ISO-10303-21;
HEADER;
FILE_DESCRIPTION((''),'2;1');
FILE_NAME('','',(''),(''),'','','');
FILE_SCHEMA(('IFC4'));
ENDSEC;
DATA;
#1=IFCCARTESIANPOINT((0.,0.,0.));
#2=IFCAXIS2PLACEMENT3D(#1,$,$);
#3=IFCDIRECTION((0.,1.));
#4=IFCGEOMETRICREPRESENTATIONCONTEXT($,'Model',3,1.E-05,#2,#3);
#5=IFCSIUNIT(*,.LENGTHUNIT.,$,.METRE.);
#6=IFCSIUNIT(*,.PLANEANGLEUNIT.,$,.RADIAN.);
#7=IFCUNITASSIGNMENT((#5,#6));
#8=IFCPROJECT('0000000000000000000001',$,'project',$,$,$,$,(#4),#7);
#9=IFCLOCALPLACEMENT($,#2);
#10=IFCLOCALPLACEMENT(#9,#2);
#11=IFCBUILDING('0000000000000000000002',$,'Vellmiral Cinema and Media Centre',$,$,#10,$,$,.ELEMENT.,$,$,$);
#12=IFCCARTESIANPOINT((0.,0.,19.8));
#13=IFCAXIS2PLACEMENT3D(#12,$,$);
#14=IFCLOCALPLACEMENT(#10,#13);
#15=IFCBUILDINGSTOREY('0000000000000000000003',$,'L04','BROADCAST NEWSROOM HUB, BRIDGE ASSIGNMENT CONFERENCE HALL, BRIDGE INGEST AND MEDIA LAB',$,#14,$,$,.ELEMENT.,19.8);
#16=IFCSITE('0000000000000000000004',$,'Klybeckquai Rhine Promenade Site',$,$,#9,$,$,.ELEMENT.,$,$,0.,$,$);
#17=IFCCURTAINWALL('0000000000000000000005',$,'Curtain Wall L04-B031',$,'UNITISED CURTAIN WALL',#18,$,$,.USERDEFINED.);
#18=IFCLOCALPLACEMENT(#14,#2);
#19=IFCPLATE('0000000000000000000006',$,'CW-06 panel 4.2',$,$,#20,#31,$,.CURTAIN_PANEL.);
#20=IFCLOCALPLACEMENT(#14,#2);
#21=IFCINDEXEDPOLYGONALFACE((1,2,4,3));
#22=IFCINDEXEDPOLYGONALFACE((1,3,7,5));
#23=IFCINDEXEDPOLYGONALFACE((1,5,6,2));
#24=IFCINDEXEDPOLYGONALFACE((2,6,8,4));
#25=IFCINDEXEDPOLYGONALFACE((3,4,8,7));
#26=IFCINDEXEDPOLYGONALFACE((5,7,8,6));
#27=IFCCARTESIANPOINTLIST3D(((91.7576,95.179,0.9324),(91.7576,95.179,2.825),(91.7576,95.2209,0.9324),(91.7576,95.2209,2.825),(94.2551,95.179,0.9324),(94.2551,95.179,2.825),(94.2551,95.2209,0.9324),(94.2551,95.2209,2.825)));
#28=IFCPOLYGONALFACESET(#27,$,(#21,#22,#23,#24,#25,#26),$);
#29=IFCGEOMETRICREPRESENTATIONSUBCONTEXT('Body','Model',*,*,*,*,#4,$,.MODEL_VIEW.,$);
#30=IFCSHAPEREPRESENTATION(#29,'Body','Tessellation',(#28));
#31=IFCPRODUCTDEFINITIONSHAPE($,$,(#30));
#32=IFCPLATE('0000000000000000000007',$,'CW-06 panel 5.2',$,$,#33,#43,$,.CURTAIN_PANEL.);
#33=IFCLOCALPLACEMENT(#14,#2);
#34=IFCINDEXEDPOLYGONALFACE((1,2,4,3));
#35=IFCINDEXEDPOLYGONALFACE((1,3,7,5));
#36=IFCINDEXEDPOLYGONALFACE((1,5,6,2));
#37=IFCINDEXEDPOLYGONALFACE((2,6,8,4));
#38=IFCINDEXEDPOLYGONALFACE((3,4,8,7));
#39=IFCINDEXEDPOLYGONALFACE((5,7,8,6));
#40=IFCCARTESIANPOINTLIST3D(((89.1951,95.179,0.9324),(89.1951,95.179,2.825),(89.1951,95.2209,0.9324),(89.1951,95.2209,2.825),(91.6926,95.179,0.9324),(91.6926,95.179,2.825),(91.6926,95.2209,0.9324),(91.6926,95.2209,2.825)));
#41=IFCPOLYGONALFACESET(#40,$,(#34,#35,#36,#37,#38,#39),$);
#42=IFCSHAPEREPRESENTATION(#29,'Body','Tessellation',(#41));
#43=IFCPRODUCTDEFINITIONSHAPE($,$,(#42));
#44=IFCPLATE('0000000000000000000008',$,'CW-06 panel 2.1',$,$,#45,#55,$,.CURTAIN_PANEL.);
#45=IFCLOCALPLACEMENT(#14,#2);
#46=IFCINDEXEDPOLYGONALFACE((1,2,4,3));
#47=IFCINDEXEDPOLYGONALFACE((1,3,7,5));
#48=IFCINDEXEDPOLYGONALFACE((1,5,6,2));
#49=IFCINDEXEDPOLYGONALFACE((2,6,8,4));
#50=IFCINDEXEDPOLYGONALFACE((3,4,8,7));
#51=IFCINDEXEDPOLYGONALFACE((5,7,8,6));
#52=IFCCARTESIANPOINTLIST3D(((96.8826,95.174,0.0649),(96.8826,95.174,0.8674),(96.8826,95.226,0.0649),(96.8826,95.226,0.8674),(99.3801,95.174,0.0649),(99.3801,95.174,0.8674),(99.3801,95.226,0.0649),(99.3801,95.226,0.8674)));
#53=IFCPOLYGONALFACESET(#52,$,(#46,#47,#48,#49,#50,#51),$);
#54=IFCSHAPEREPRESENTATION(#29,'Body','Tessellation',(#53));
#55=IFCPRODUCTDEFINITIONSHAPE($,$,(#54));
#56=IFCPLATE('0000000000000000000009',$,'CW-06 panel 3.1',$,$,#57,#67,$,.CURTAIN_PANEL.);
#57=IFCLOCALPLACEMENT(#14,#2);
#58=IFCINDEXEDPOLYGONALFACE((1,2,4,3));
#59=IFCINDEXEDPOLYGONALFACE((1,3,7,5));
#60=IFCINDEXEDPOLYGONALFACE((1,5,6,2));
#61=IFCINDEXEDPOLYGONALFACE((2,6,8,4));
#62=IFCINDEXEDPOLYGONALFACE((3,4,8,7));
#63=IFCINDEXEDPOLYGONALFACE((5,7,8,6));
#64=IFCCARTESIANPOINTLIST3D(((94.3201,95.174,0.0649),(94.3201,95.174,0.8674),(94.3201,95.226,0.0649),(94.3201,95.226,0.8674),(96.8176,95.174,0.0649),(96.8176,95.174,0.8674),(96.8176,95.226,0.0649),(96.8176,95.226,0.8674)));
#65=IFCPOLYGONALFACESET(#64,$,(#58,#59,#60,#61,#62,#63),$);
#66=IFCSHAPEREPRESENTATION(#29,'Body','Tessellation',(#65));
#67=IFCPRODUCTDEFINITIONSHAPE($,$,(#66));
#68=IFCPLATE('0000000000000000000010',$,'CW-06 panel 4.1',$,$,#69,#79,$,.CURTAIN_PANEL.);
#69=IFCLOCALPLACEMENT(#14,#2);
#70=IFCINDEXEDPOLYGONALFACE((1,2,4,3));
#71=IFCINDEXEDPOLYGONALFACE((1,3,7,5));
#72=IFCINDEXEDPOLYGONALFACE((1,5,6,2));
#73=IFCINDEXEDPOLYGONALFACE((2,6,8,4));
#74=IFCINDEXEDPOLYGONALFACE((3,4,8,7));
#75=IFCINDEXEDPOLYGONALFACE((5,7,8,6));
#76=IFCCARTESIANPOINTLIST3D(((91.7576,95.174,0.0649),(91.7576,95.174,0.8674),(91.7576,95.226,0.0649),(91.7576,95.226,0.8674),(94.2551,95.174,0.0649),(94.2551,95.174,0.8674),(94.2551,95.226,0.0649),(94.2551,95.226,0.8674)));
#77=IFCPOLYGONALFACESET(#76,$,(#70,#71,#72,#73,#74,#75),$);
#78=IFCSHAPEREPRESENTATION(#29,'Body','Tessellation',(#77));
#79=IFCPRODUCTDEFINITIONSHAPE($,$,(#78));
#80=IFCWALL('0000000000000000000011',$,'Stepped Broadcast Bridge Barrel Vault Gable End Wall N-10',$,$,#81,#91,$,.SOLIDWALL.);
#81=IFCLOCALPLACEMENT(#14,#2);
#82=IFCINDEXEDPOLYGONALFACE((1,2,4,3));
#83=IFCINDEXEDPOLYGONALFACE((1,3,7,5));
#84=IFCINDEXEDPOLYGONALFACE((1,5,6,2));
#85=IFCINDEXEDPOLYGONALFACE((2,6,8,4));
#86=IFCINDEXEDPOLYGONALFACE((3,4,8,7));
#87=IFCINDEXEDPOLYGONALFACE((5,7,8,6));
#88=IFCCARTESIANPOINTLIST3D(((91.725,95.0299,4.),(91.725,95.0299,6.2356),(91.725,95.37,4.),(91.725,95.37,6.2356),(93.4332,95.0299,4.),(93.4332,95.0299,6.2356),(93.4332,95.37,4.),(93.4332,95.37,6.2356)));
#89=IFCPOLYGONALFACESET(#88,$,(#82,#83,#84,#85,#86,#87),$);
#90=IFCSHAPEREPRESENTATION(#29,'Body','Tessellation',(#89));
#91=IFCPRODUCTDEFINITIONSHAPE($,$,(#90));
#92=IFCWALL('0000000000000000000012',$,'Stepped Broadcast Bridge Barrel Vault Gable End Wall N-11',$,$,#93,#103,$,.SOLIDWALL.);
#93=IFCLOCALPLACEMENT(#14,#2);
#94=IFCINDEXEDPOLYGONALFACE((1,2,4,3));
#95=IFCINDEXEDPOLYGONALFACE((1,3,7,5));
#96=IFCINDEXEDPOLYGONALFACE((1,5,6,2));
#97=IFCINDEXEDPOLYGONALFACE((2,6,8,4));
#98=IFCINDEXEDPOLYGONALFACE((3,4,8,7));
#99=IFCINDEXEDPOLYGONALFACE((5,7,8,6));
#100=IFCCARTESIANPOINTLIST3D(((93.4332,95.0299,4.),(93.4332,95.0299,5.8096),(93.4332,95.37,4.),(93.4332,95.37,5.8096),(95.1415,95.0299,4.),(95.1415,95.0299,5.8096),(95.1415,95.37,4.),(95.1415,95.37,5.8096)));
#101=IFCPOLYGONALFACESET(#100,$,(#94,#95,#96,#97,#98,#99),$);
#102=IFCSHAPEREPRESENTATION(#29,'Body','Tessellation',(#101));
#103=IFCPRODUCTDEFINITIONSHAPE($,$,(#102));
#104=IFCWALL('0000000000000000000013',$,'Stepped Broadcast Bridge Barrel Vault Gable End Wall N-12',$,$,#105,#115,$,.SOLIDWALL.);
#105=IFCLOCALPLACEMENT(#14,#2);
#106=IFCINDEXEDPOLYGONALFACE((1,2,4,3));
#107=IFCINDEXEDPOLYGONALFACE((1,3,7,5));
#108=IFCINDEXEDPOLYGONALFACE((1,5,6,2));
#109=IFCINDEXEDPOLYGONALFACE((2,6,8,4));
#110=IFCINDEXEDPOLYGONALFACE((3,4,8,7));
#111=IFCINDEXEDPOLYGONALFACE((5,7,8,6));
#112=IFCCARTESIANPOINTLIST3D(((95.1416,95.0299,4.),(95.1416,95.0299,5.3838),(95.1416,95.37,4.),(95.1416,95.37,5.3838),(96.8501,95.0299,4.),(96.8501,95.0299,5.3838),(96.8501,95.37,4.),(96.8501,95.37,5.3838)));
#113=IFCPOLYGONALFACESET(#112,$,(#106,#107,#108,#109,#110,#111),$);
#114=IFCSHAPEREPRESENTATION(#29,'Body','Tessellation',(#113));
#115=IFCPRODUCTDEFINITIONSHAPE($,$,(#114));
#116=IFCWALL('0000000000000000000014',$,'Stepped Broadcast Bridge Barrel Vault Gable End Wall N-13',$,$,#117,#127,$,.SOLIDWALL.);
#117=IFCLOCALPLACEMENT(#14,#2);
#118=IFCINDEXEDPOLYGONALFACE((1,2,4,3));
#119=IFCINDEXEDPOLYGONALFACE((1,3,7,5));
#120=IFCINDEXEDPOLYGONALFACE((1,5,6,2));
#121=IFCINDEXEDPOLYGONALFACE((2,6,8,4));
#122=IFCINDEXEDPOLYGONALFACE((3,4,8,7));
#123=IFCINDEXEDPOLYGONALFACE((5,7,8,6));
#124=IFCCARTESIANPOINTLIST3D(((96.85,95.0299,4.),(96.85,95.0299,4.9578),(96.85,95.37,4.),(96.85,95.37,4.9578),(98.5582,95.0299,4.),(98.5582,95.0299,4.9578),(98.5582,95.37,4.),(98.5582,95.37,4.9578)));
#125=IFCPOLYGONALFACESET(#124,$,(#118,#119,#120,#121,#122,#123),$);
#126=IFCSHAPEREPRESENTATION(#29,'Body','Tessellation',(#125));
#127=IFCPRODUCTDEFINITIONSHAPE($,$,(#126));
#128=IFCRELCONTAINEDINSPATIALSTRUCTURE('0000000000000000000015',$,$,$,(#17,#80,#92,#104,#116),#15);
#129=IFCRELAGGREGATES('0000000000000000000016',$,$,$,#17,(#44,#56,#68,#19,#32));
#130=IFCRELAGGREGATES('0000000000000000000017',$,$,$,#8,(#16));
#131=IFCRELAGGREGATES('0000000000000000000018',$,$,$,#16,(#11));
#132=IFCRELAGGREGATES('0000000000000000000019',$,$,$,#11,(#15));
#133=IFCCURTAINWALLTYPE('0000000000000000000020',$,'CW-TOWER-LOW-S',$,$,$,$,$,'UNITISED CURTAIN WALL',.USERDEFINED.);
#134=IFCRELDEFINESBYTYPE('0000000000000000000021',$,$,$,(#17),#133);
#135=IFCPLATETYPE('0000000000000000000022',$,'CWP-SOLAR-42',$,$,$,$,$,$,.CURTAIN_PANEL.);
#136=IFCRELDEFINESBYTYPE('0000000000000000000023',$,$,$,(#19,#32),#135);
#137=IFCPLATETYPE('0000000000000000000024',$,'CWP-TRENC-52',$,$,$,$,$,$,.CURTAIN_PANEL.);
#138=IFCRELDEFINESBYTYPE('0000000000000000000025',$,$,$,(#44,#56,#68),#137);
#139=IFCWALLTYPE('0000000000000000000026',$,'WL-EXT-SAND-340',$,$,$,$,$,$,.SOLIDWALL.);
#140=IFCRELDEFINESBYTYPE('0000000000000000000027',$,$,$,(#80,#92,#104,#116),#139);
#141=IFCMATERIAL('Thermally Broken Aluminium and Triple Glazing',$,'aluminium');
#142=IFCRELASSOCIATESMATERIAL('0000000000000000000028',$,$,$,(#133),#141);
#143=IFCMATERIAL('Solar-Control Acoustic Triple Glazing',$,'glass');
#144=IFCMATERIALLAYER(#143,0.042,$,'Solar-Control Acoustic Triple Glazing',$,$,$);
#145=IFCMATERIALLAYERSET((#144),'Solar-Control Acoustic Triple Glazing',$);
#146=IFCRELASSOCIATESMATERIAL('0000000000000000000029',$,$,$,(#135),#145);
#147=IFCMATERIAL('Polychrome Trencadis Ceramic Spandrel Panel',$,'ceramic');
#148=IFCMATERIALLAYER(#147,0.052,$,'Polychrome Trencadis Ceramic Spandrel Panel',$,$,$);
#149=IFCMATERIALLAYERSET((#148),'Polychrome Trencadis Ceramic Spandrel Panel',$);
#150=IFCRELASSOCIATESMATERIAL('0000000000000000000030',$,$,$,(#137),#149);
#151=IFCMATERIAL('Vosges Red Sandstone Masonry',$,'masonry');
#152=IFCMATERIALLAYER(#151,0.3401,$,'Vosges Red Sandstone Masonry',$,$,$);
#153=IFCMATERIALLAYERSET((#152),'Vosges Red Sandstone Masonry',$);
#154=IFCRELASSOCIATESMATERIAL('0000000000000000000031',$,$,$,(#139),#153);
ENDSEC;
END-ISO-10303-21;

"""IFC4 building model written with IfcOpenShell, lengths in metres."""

from ifc_helpers import new_model, si_unit, direction, frame, frame_2d, origin, origin_2d, place, context, subcontext, project, spatial, rectangle, extrude, material, layer, layer_set, type_object, element, aggregate, save


model = new_model("IFC4")

# Units and contexts
model_context = context("Model", 3, precision=1e-05, world=origin(), true_north=direction((0.0, 1.0)))
body_context = subcontext(model_context, "Body", "Model", "MODEL_VIEW")
ifc_project = project(units=[si_unit("LENGTHUNIT", "METRE"), si_unit("PLANEANGLEUNIT", "RADIAN")], contexts=[model_context])

# Site, building, storey
site_placement = place(None, origin())
site = spatial("IfcSite", under=ifc_project, at=site_placement, Name="Klybeckquai Rhine Promenade Site", CompositionType="ELEMENT", RefElevation=0.0)
building_placement = place(site_placement, origin())
building = spatial("IfcBuilding", under=site, at=building_placement, Name="Vellmiral Cinema and Media Centre", CompositionType="ELEMENT")
storey_placement = place(building_placement, frame((0.0, 0.0, 19.8)))
storey = spatial("IfcBuildingStorey", under=building, at=storey_placement, Name="L04", Description="BROADCAST NEWSROOM HUB, BRIDGE ASSIGNMENT CONFERENCE HALL, BRIDGE INGEST AND MEDIA LAB", CompositionType="ELEMENT", Elevation=19.8)

# Curtain wall, plates
ifc_material_1 = material(Name="Thermally Broken Aluminium and Triple Glazing", Category="aluminium")
curtain_wall_type = type_object("IfcCurtainWallType", Name="CW-TOWER-LOW-S", ElementType="UNITISED CURTAIN WALL", PredefinedType="USERDEFINED", material=ifc_material_1)
curtain_wall_placement = place(storey_placement, origin())
curtain_wall = element("IfcCurtainWall", 1, at=curtain_wall_placement, inside=storey, type_object=curtain_wall_type, Name="Curtain Wall L04-B031", ObjectType="UNITISED CURTAIN WALL", PredefinedType="USERDEFINED")
ifc_material_2 = material(Name="Solar-Control Acoustic Triple Glazing", Category="glass")
ifc_layer_1 = layer(ifc_material_2, 0.042, Name="Solar-Control Acoustic Triple Glazing")
ifc_layer_set_1 = layer_set([ifc_layer_1], Name="Solar-Control Acoustic Triple Glazing")
plate_type_1 = type_object("IfcPlateType", Name="CWP-SOLAR-42", PredefinedType="CURTAIN_PANEL", material=ifc_layer_set_1)
plate_1_placement = place(storey_placement, frame((93.0063, 95.2, 0.9324), z_axis=(0.0, 0.0, 1.0), x_axis=(-1.0, 0.0, 0.0)))
plate_1 = element("IfcPlate", 2, at=plate_1_placement, type_object=plate_type_1, Name="CW-06 panel 4.2", PredefinedType="CURTAIN_PANEL", context=body_context, shape_type="SweptSolid", body=[
    extrude(rectangle(XDim=2.4976, YDim=0.042, at=origin_2d()), origin(), (0.0, 0.0, 1.0), 1.8926),
])
plate_2_placement = place(storey_placement, frame((90.4438, 95.2, 0.9324), z_axis=(0.0, 0.0, 1.0), x_axis=(-1.0, 0.0, 0.0)))
plate_2 = element("IfcPlate", 3, at=plate_2_placement, type_object=plate_type_1, Name="CW-06 panel 5.2", PredefinedType="CURTAIN_PANEL", context=body_context, shape_type="SweptSolid", body=[
    extrude(rectangle(XDim=2.4976, YDim=0.042, at=origin_2d()), origin(), (0.0, 0.0, 1.0), 1.8926),
])
ifc_material_3 = material(Name="Polychrome Trencadis Ceramic Spandrel Panel", Category="ceramic")
ifc_layer_2 = layer(ifc_material_3, 0.052, Name="Polychrome Trencadis Ceramic Spandrel Panel")
ifc_layer_set_2 = layer_set([ifc_layer_2], Name="Polychrome Trencadis Ceramic Spandrel Panel")
plate_type_2 = type_object("IfcPlateType", Name="CWP-TRENC-52", PredefinedType="CURTAIN_PANEL", material=ifc_layer_set_2)
plate_3_placement = place(storey_placement, frame((98.1313, 95.2, 0.0649), z_axis=(0.0, 0.0, 1.0), x_axis=(-1.0, 0.0, 0.0)))
plate_3 = element("IfcPlate", 4, at=plate_3_placement, type_object=plate_type_2, Name="CW-06 panel 2.1", PredefinedType="CURTAIN_PANEL", context=body_context, shape_type="SweptSolid", body=[
    extrude(rectangle(XDim=2.4976, YDim=0.052, at=origin_2d()), origin(), (0.0, 0.0, 1.0), 0.8025),
])
plate_4_placement = place(storey_placement, frame((95.5688, 95.2, 0.0649), z_axis=(0.0, 0.0, 1.0), x_axis=(-1.0, 0.0, 0.0)))
plate_4 = element("IfcPlate", 5, at=plate_4_placement, type_object=plate_type_2, Name="CW-06 panel 3.1", PredefinedType="CURTAIN_PANEL", context=body_context, shape_type="SweptSolid", body=[
    extrude(rectangle(XDim=2.4976, YDim=0.052, at=origin_2d()), origin(), (0.0, 0.0, 1.0), 0.8025),
])
plate_5_placement = place(storey_placement, frame((93.0063, 95.2, 0.0649), z_axis=(0.0, 0.0, 1.0), x_axis=(-1.0, 0.0, 0.0)))
plate_5 = element("IfcPlate", 6, at=plate_5_placement, type_object=plate_type_2, Name="CW-06 panel 4.1", PredefinedType="CURTAIN_PANEL", context=body_context, shape_type="SweptSolid", body=[
    extrude(rectangle(XDim=2.4976, YDim=0.052, at=origin_2d()), origin(), (0.0, 0.0, 1.0), 0.8025),
])
aggregate(curtain_wall, [plate_3, plate_4, plate_5, plate_1, plate_2])

# Walls
ifc_material_4 = material(Name="Vosges Red Sandstone Masonry", Category="masonry")
ifc_layer_3 = layer(ifc_material_4, 0.3401, Name="Vosges Red Sandstone Masonry")
ifc_layer_set_3 = layer_set([ifc_layer_3], Name="Vosges Red Sandstone Masonry")
wall_type = type_object("IfcWallType", Name="WL-EXT-SAND-340", PredefinedType="SOLIDWALL", material=ifc_layer_set_3)
wall_1_placement = place(storey_placement, frame((91.7251, 95.2, 4.0), z_axis=(0.0, 0.0, 1.0), x_axis=(1.0, 0.0, 0.0)))
element("IfcWall", 7, at=wall_1_placement, inside=storey, type_object=wall_type, Name="Stepped Broadcast Bridge Barrel Vault Gable End Wall N-10", PredefinedType="SOLIDWALL", context=body_context, shape_type="SweptSolid", body=[
    extrude(rectangle(XDim=1.7083, YDim=0.3401, at=frame_2d((0.854, 0.0))), origin(), (0.0, 0.0, 1.0), 2.2356),
])
wall_2_placement = place(storey_placement, frame((93.4333, 95.2, 4.0), z_axis=(0.0, 0.0, 1.0), x_axis=(1.0, 0.0, 0.0)))
element("IfcWall", 8, at=wall_2_placement, inside=storey, type_object=wall_type, Name="Stepped Broadcast Bridge Barrel Vault Gable End Wall N-11", PredefinedType="SOLIDWALL", context=body_context, shape_type="SweptSolid", body=[
    extrude(rectangle(XDim=1.7083, YDim=0.3401, at=frame_2d((0.854, 0.0))), origin(), (0.0, 0.0, 1.0), 1.8096),
])
wall_3_placement = place(storey_placement, frame((95.1416, 95.2, 4.0), z_axis=(0.0, 0.0, 1.0), x_axis=(1.0, 0.0, 0.0)))
element("IfcWall", 9, at=wall_3_placement, inside=storey, type_object=wall_type, Name="Stepped Broadcast Bridge Barrel Vault Gable End Wall N-12", PredefinedType="SOLIDWALL", context=body_context, shape_type="SweptSolid", body=[
    extrude(rectangle(XDim=1.7085, YDim=0.3401, at=frame_2d((0.8542, 0.0))), origin(), (0.0, 0.0, 1.0), 1.3838),
])
wall_4_placement = place(storey_placement, frame((96.8501, 95.2, 4.0), z_axis=(0.0, 0.0, 1.0), x_axis=(1.0, 0.0, 0.0)))
element("IfcWall", 10, at=wall_4_placement, inside=storey, type_object=wall_type, Name="Stepped Broadcast Bridge Barrel Vault Gable End Wall N-13", PredefinedType="SOLIDWALL", context=body_context, shape_type="SweptSolid", body=[
    extrude(rectangle(XDim=1.7083, YDim=0.3401, at=frame_2d((0.854, 0.0))), origin(), (0.0, 0.0, 1.0), 0.9578),
])

save(model, "model.ifc")
